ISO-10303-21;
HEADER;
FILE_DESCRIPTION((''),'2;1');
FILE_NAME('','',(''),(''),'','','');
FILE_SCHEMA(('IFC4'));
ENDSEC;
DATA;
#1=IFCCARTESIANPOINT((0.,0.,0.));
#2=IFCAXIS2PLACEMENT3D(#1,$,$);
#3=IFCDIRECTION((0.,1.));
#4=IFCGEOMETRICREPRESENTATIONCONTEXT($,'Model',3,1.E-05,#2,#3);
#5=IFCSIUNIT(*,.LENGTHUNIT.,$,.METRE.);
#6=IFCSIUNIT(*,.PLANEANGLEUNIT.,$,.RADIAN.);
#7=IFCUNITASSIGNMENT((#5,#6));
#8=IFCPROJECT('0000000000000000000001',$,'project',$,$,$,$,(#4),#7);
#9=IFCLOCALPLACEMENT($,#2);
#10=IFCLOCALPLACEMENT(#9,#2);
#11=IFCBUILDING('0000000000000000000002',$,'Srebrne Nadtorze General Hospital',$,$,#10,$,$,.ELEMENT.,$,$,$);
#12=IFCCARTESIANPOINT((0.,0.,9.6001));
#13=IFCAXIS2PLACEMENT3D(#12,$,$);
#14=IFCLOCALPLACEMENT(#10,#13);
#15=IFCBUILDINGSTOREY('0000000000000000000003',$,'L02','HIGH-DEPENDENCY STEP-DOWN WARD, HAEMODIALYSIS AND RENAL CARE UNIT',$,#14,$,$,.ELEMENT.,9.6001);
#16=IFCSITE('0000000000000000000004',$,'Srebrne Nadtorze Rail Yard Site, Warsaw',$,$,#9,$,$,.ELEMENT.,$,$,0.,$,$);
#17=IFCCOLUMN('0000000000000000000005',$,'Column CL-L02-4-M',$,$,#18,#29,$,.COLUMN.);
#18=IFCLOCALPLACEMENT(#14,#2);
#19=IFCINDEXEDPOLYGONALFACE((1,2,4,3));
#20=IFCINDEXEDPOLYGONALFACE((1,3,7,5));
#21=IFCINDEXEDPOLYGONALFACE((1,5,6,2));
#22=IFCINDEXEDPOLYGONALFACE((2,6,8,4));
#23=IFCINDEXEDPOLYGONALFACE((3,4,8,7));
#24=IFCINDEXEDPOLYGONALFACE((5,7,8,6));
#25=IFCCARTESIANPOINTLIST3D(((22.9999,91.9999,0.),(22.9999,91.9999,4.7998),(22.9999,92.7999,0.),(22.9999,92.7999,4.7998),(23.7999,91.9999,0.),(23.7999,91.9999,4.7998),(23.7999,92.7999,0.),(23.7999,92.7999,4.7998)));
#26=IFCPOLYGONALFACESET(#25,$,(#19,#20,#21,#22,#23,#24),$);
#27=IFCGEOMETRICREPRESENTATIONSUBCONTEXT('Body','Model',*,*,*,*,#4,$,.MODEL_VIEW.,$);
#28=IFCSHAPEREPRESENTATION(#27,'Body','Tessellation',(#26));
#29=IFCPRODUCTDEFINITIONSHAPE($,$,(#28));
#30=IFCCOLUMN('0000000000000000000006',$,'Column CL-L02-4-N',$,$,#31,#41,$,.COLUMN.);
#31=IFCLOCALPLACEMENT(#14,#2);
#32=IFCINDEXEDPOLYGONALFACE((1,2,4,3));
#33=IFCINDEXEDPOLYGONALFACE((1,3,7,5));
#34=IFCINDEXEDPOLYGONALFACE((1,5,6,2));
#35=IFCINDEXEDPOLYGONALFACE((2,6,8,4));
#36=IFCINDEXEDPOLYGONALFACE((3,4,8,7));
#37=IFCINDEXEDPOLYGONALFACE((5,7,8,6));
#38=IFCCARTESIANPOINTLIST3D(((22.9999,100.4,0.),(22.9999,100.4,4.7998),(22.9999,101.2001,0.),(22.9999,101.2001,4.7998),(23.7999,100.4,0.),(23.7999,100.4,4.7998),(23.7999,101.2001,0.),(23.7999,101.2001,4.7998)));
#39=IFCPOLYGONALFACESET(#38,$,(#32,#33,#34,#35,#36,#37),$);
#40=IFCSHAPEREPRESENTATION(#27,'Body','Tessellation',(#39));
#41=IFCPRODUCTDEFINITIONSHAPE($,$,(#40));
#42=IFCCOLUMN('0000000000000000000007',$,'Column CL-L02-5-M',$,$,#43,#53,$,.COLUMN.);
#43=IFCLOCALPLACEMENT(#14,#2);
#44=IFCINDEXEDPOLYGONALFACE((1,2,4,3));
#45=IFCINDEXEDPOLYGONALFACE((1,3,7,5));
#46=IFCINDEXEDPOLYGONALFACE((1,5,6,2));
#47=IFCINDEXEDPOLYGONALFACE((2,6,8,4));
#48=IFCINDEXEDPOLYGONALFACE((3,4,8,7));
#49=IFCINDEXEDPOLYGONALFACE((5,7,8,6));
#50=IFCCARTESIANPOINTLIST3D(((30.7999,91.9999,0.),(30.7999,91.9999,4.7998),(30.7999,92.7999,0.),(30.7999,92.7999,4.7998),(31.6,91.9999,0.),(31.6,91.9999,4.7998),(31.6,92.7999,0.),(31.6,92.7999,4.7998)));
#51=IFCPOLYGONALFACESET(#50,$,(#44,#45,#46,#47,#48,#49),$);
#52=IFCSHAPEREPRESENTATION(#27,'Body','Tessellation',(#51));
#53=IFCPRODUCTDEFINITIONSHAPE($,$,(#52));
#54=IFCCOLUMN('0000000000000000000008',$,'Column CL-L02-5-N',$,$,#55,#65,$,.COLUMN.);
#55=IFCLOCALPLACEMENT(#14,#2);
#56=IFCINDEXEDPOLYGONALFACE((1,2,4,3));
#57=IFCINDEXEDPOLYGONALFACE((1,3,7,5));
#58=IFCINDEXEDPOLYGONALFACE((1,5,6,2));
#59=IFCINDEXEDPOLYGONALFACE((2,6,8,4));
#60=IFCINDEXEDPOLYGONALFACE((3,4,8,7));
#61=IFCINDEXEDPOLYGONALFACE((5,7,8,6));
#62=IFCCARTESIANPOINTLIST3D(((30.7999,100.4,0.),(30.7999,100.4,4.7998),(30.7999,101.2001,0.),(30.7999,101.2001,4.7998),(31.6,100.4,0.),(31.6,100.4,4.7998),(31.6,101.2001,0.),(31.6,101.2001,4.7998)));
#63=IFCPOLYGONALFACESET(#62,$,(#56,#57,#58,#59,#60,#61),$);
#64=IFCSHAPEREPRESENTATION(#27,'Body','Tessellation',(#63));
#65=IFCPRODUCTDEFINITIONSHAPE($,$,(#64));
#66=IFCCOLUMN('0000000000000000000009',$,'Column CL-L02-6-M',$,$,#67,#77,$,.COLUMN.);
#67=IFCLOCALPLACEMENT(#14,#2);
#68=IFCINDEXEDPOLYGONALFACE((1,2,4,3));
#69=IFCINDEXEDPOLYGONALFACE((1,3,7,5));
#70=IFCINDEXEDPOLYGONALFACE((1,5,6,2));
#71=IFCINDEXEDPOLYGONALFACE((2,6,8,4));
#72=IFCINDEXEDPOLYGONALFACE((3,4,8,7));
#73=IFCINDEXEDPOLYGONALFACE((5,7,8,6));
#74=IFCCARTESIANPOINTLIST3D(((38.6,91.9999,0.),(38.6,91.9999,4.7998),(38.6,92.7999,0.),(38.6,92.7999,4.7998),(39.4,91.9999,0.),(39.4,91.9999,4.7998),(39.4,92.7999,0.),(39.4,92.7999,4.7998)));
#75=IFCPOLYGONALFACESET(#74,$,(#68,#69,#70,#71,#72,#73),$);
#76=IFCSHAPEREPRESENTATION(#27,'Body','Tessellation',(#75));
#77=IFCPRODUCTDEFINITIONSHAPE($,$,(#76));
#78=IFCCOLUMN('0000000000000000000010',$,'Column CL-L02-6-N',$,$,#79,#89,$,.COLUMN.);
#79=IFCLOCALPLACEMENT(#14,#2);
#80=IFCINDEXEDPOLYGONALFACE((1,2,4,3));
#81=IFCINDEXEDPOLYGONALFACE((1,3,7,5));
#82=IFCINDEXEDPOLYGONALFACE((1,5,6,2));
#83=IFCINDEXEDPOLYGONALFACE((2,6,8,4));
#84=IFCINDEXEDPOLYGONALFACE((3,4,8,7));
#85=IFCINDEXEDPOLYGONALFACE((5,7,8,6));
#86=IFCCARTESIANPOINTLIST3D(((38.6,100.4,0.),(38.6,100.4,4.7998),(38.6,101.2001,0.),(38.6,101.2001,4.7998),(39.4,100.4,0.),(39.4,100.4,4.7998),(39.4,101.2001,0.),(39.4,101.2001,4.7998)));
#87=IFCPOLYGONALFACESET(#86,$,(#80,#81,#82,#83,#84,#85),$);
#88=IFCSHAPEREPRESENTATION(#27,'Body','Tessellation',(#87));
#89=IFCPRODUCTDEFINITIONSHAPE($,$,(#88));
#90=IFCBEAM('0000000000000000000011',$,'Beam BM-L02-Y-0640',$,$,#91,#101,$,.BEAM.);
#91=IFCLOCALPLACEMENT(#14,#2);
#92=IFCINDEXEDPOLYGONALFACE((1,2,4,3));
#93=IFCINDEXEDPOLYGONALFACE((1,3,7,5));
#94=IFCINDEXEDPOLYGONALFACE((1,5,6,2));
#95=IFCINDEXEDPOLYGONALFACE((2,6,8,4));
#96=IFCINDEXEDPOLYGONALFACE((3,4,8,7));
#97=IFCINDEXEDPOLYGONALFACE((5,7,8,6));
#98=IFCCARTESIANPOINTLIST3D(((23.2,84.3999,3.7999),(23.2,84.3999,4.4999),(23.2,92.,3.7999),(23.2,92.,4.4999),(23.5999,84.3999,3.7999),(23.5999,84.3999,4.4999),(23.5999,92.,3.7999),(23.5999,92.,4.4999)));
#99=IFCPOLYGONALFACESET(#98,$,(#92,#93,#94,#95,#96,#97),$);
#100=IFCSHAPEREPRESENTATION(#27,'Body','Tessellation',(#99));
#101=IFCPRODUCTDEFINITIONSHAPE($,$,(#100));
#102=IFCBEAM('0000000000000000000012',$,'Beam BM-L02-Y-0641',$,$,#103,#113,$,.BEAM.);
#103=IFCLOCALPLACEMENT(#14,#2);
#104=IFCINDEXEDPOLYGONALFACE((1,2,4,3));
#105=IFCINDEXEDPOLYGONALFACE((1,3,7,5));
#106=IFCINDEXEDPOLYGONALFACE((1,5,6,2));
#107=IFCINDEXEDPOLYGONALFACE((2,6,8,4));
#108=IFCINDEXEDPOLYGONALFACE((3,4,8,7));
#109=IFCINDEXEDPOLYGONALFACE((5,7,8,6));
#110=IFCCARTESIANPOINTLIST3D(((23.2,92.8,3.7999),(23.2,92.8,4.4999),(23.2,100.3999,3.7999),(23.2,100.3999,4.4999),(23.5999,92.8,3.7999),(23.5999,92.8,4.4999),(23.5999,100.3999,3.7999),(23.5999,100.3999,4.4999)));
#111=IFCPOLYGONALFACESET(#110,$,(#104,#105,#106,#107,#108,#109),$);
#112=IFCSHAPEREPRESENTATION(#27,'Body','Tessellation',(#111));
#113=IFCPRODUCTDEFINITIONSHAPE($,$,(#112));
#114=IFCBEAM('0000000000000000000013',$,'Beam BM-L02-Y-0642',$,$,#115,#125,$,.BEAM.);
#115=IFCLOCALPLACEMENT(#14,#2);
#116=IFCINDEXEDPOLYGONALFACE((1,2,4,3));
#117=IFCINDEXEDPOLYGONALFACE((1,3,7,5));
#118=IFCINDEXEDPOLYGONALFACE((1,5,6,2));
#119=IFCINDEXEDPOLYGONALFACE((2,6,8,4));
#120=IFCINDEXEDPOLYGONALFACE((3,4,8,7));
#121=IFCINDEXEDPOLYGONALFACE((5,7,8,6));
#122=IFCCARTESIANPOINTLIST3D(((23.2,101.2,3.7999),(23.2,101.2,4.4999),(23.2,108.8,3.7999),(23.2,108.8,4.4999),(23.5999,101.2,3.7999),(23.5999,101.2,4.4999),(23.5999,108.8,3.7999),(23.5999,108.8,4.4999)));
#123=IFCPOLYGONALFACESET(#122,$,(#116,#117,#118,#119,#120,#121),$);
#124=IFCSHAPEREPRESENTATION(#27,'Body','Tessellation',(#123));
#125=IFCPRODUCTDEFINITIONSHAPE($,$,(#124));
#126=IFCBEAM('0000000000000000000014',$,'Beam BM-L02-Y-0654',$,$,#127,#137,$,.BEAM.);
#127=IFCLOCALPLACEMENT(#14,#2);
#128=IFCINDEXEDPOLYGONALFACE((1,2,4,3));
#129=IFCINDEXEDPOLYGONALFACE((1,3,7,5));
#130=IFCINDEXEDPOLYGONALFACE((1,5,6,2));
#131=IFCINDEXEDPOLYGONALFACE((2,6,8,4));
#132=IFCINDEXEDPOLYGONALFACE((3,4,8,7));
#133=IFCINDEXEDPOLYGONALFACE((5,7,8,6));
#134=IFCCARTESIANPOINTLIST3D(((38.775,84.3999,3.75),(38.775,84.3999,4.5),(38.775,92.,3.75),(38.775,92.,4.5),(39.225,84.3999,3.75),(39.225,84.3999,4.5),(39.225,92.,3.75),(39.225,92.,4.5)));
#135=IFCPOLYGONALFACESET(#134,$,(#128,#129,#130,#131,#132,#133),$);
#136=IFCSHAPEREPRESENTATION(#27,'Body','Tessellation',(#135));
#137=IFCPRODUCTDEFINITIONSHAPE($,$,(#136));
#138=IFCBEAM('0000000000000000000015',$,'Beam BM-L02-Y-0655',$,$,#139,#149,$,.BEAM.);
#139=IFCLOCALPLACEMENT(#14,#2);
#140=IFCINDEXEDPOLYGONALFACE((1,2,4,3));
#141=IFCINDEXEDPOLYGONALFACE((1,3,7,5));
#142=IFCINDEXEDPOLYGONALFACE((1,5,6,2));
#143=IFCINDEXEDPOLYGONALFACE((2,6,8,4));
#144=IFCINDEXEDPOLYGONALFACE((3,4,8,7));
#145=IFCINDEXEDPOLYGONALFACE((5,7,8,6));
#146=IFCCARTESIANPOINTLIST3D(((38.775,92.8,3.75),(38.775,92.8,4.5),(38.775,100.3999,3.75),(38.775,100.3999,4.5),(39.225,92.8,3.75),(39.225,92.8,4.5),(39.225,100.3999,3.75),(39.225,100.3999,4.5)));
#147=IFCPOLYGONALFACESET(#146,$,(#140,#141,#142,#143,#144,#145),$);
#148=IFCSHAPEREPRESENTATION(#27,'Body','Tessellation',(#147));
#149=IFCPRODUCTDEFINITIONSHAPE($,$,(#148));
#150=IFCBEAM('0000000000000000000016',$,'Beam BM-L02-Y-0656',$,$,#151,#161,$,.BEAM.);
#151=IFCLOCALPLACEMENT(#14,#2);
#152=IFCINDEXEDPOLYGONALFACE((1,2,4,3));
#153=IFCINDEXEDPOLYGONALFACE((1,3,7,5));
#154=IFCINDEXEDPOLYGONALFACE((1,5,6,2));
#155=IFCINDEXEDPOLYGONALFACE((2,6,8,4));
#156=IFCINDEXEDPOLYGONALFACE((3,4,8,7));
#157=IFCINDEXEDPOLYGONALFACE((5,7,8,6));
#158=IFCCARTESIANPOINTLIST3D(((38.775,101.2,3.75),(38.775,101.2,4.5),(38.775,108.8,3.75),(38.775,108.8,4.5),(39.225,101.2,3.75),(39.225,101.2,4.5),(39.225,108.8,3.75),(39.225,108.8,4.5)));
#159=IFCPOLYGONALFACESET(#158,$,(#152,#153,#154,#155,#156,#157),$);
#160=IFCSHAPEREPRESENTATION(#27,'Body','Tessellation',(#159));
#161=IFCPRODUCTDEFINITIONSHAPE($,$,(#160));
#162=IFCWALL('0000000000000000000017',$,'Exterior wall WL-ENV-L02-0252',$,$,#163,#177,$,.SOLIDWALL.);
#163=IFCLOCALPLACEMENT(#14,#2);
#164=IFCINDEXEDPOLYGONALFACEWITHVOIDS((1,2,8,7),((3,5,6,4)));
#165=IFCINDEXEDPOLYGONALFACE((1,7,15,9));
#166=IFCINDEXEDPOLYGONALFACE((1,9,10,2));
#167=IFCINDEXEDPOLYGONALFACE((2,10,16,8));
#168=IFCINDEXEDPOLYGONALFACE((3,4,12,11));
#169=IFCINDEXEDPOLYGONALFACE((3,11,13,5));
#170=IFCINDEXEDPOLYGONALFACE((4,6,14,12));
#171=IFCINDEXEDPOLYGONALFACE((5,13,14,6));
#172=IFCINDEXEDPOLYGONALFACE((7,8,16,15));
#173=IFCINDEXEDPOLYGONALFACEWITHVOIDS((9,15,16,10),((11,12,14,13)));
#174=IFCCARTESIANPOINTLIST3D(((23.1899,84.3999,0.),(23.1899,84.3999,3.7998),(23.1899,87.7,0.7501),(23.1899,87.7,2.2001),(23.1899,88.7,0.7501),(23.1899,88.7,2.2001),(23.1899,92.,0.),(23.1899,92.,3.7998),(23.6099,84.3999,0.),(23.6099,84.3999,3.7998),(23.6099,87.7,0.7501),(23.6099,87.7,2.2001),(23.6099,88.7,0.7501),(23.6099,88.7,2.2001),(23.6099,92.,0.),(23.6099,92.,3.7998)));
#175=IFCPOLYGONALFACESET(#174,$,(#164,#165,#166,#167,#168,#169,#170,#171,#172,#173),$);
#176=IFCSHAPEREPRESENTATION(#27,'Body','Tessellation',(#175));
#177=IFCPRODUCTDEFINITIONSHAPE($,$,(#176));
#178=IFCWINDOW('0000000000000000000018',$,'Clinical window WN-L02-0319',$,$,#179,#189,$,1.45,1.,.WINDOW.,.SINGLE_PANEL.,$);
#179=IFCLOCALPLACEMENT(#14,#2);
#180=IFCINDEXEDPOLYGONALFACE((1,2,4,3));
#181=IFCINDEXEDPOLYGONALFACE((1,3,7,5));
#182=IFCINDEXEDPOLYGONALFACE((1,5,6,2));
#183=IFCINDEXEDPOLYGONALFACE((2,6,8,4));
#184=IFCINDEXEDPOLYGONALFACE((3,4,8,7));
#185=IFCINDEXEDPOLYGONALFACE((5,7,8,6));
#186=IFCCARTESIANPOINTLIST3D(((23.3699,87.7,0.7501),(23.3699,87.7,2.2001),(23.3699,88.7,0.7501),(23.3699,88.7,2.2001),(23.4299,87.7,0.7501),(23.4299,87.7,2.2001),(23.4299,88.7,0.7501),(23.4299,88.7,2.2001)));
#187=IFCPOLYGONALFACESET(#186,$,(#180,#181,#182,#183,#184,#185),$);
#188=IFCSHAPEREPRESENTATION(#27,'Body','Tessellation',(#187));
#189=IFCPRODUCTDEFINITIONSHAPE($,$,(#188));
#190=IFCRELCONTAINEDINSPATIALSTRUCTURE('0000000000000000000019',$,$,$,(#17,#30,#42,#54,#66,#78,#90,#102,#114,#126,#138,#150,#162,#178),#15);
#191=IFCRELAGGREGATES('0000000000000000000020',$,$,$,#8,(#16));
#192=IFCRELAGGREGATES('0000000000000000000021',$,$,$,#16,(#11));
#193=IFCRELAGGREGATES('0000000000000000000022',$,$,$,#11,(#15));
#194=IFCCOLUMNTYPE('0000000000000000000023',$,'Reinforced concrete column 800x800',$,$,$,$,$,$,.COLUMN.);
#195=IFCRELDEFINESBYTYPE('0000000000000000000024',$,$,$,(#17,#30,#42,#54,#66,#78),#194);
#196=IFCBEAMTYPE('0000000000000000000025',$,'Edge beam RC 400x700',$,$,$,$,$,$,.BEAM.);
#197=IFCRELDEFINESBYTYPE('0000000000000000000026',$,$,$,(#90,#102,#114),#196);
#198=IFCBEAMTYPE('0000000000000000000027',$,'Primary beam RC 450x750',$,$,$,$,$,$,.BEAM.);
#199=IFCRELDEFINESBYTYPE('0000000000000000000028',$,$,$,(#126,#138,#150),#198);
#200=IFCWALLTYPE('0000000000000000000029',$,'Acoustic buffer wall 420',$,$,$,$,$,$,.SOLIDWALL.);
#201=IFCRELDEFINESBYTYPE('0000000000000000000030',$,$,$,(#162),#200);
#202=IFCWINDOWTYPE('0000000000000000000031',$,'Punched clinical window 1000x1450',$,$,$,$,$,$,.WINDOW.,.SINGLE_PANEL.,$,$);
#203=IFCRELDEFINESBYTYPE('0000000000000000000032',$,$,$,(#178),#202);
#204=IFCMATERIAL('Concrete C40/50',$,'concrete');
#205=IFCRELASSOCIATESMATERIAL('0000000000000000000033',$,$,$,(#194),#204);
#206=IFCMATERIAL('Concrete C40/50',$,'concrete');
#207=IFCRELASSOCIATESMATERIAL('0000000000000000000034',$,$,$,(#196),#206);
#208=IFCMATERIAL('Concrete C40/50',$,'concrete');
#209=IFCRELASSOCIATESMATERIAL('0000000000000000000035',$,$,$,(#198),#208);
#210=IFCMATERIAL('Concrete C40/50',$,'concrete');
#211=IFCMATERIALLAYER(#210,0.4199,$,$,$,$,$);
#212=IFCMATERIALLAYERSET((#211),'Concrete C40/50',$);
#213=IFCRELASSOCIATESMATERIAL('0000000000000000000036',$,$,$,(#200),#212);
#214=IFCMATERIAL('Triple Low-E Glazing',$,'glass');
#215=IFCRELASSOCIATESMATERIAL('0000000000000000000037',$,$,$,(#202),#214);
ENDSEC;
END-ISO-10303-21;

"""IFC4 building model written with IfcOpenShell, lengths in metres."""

from ifc_helpers import new_model, si_unit, direction, frame, frame_2d, origin, origin_2d, place, context, subcontext, project, spatial, rectangle, extrude, material, layer, layer_set, material_profile, profile_set, type_object, element, fill, save


model = new_model("IFC4")

# Units and contexts
model_context = context("Model", 3, precision=1e-05, world=origin(), true_north=direction((0.0, 1.0)))
body_context = subcontext(model_context, "Body", "Model", "MODEL_VIEW")
ifc_project = project(units=[si_unit("LENGTHUNIT", "METRE"), si_unit("PLANEANGLEUNIT", "RADIAN")], contexts=[model_context])

# Site, building, storey
site_placement = place(None, origin())
site = spatial("IfcSite", under=ifc_project, at=site_placement, Name="Srebrne Nadtorze Rail Yard Site, Warsaw", CompositionType="ELEMENT", RefElevation=0.0)
building_placement = place(site_placement, origin())
building = spatial("IfcBuilding", under=site, at=building_placement, Name="Srebrne Nadtorze General Hospital", CompositionType="ELEMENT")
storey_placement = place(building_placement, frame((0.0, 0.0, 9.6001)))
storey = spatial("IfcBuildingStorey", under=building, at=storey_placement, Name="L02", Description="HIGH-DEPENDENCY STEP-DOWN WARD, HAEMODIALYSIS AND RENAL CARE UNIT", CompositionType="ELEMENT", Elevation=9.6001)

# Columns
ifc_material_1 = material(Name="Concrete C40/50", Category="concrete")
ifc_material_profile_1 = material_profile(ifc_material_1, rectangle(XDim=0.8, YDim=0.8, at=origin_2d()), Name="RC-COL-800x800")
ifc_profile_set_1 = profile_set([ifc_material_profile_1], Name="Concrete C40/50")
column_type = type_object("IfcColumnType", Name="Reinforced concrete column 800x800", PredefinedType="COLUMN", material=ifc_profile_set_1)
for number, where, z_axis, x_axis, name in (
    (1, (23.3999, 92.3999, 0.0), (0.0, 0.0, 1.0), (1.0, 0.0, 0.0), "Column CL-L02-4-M"),
    (2, (23.3999, 100.8, 0.0), (0.0, 0.0, 1.0), (1.0, 0.0, 0.0), "Column CL-L02-4-N"),
    (3, (31.2, 92.3999, 0.0), (0.0, 0.0, 1.0), (1.0, 0.0, 0.0), "Column CL-L02-5-M"),
    (4, (31.2, 100.8, 0.0), (0.0, 0.0, 1.0), (1.0, 0.0, 0.0), "Column CL-L02-5-N"),
    (5, (39.0, 92.3999, 0.0), (0.0, 0.0, 1.0), (1.0, 0.0, 0.0), "Column CL-L02-6-M"),
    (6, (39.0, 100.8, 0.0), (0.0, 0.0, 1.0), (1.0, 0.0, 0.0), "Column CL-L02-6-N"),
):
    element("IfcColumn", number, at=place(storey_placement, frame(where, z_axis=z_axis, x_axis=x_axis)), inside=storey, type_object=column_type, Name=name, PredefinedType="COLUMN", context=body_context, shape_type="SweptSolid", body=[
        extrude(rectangle(XDim=0.8, YDim=0.8, at=origin_2d()), origin(), (0.0, 0.0, 1.0), 4.7998),
    ])

# Beams
ifc_material_2 = material(Name="Concrete C40/50", Category="concrete")
ifc_material_profile_2 = material_profile(ifc_material_2, rectangle(XDim=0.3999, YDim=0.7, at=origin_2d()), Name="RC-BM-400x700")
ifc_profile_set_2 = profile_set([ifc_material_profile_2], Name="Concrete C40/50")
beam_type_1 = type_object("IfcBeamType", Name="Edge beam RC 400x700", PredefinedType="BEAM", material=ifc_profile_set_2)
beam_1_placement = place(storey_placement, frame((23.3999, 84.3999, 4.1499), z_axis=(0.0, 1.0, 0.0), x_axis=(-1.0, 0.0, 0.0)))
element("IfcBeam", 7, at=beam_1_placement, inside=storey, type_object=beam_type_1, Name="Beam BM-L02-Y-0640", PredefinedType="BEAM", context=body_context, shape_type="SweptSolid", body=[
    extrude(rectangle(XDim=0.3999, YDim=0.7, at=origin_2d()), origin(), (0.0, 0.0, 1.0), 7.6001),
])
beam_2_placement = place(storey_placement, frame((23.3999, 92.8, 4.1499), z_axis=(0.0, 1.0, 0.0), x_axis=(-1.0, 0.0, 0.0)))
element("IfcBeam", 8, at=beam_2_placement, inside=storey, type_object=beam_type_1, Name="Beam BM-L02-Y-0641", PredefinedType="BEAM", context=body_context, shape_type="SweptSolid", body=[
    extrude(rectangle(XDim=0.3999, YDim=0.7, at=origin_2d()), origin(), (0.0, 0.0, 1.0), 7.5999),
])
beam_3_placement = place(storey_placement, frame((23.3999, 101.2, 4.1499), z_axis=(0.0, 1.0, 0.0), x_axis=(-1.0, 0.0, 0.0)))
element("IfcBeam", 9, at=beam_3_placement, inside=storey, type_object=beam_type_1, Name="Beam BM-L02-Y-0642", PredefinedType="BEAM", context=body_context, shape_type="SweptSolid", body=[
    extrude(rectangle(XDim=0.3999, YDim=0.7, at=origin_2d()), origin(), (0.0, 0.0, 1.0), 7.6001),
])
ifc_material_3 = material(Name="Concrete C40/50", Category="concrete")
ifc_material_profile_3 = material_profile(ifc_material_3, rectangle(XDim=0.45, YDim=0.75, at=origin_2d()), Name="RC-BM-450x750")
ifc_profile_set_3 = profile_set([ifc_material_profile_3], Name="Concrete C40/50")
beam_type_2 = type_object("IfcBeamType", Name="Primary beam RC 450x750", PredefinedType="BEAM", material=ifc_profile_set_3)
beam_4_placement = place(storey_placement, frame((39.0, 84.3999, 4.125), z_axis=(0.0, 1.0, 0.0), x_axis=(-1.0, 0.0, 0.0)))
element("IfcBeam", 10, at=beam_4_placement, inside=storey, type_object=beam_type_2, Name="Beam BM-L02-Y-0654", PredefinedType="BEAM", context=body_context, shape_type="SweptSolid", body=[
    extrude(rectangle(XDim=0.45, YDim=0.75, at=origin_2d()), origin(), (0.0, 0.0, 1.0), 7.6001),
])
beam_5_placement = place(storey_placement, frame((39.0, 92.8, 4.125), z_axis=(0.0, 1.0, 0.0), x_axis=(-1.0, 0.0, 0.0)))
element("IfcBeam", 11, at=beam_5_placement, inside=storey, type_object=beam_type_2, Name="Beam BM-L02-Y-0655", PredefinedType="BEAM", context=body_context, shape_type="SweptSolid", body=[
    extrude(rectangle(XDim=0.45, YDim=0.75, at=origin_2d()), origin(), (0.0, 0.0, 1.0), 7.5999),
])
beam_6_placement = place(storey_placement, frame((39.0, 101.2, 4.125), z_axis=(0.0, 1.0, 0.0), x_axis=(-1.0, 0.0, 0.0)))
element("IfcBeam", 12, at=beam_6_placement, inside=storey, type_object=beam_type_2, Name="Beam BM-L02-Y-0656", PredefinedType="BEAM", context=body_context, shape_type="SweptSolid", body=[
    extrude(rectangle(XDim=0.45, YDim=0.75, at=origin_2d()), origin(), (0.0, 0.0, 1.0), 7.6001),
])

# Wall, opening, window
ifc_material_4 = material(Name="Concrete C40/50", Category="concrete")
ifc_layer_1 = layer(ifc_material_4, 0.4199)
ifc_layer_set_1 = layer_set([ifc_layer_1], Name="Concrete C40/50")
wall_type_1 = type_object("IfcWallType", Name="Acoustic buffer wall 420", PredefinedType="SOLIDWALL", material=ifc_layer_set_1)
wall_1_placement = place(storey_placement, frame((23.3999, 84.3999, 0.0), z_axis=(0.0, 0.0, 1.0), x_axis=(0.0, 1.0, 0.0)))
wall_1 = element("IfcWall", 13, at=wall_1_placement, inside=storey, type_object=wall_type_1, Name="Exterior wall WL-ENV-L02-0252", PredefinedType="SOLIDWALL", context=body_context, shape_type="SweptSolid", body=[
    extrude(rectangle(XDim=7.6001, YDim=0.4199, at=frame_2d((3.8, 0.0))), origin(), (0.0, 0.0, 1.0), 3.7998),
])
opening_1_placement = place(wall_1_placement, frame((3.3, 0.0, 0.75)))
opening_1 = element("IfcOpeningElement", 14, at=opening_1_placement, cuts=wall_1, PredefinedType="OPENING", context=body_context, shape_type="SweptSolid", body=[
    extrude(rectangle(XDim=1.0, YDim=1.45, at=frame_2d((0.5, 0.7251))), frame((0.0, 0.2219, 0.0), z_axis=(0.0, -1.0, 0.0), x_axis=(1.0, 0.0, 0.0)), (0.0, 0.0, 1.0), 0.4438),
])
ifc_material_5 = material(Name="Triple Low-E Glazing", Category="glass")
window_type_1 = type_object("IfcWindowType", Name="Punched clinical window 1000x1450", PartitioningType="SINGLE_PANEL", PredefinedType="WINDOW", material=ifc_material_5)
window_1_placement = place(opening_1_placement, origin())
window_1 = element("IfcWindow", 15, at=window_1_placement, inside=storey, type_object=window_type_1, Name="Clinical window WN-L02-0319", OverallHeight=1.45, OverallWidth=1.0, PartitioningType="SINGLE_PANEL", PredefinedType="WINDOW", context=body_context, shape_type="SweptSolid", body=[
    extrude(rectangle(XDim=1.0, YDim=1.45, at=frame_2d((0.5, 0.7251))), frame((0.0, 0.03, 0.0), z_axis=(0.0, -1.0, 0.0), x_axis=(1.0, 0.0, 0.0)), (0.0, 0.0, 1.0), 0.0601),
])
fill(opening_1, window_1)

save(model, "model.ifc")
